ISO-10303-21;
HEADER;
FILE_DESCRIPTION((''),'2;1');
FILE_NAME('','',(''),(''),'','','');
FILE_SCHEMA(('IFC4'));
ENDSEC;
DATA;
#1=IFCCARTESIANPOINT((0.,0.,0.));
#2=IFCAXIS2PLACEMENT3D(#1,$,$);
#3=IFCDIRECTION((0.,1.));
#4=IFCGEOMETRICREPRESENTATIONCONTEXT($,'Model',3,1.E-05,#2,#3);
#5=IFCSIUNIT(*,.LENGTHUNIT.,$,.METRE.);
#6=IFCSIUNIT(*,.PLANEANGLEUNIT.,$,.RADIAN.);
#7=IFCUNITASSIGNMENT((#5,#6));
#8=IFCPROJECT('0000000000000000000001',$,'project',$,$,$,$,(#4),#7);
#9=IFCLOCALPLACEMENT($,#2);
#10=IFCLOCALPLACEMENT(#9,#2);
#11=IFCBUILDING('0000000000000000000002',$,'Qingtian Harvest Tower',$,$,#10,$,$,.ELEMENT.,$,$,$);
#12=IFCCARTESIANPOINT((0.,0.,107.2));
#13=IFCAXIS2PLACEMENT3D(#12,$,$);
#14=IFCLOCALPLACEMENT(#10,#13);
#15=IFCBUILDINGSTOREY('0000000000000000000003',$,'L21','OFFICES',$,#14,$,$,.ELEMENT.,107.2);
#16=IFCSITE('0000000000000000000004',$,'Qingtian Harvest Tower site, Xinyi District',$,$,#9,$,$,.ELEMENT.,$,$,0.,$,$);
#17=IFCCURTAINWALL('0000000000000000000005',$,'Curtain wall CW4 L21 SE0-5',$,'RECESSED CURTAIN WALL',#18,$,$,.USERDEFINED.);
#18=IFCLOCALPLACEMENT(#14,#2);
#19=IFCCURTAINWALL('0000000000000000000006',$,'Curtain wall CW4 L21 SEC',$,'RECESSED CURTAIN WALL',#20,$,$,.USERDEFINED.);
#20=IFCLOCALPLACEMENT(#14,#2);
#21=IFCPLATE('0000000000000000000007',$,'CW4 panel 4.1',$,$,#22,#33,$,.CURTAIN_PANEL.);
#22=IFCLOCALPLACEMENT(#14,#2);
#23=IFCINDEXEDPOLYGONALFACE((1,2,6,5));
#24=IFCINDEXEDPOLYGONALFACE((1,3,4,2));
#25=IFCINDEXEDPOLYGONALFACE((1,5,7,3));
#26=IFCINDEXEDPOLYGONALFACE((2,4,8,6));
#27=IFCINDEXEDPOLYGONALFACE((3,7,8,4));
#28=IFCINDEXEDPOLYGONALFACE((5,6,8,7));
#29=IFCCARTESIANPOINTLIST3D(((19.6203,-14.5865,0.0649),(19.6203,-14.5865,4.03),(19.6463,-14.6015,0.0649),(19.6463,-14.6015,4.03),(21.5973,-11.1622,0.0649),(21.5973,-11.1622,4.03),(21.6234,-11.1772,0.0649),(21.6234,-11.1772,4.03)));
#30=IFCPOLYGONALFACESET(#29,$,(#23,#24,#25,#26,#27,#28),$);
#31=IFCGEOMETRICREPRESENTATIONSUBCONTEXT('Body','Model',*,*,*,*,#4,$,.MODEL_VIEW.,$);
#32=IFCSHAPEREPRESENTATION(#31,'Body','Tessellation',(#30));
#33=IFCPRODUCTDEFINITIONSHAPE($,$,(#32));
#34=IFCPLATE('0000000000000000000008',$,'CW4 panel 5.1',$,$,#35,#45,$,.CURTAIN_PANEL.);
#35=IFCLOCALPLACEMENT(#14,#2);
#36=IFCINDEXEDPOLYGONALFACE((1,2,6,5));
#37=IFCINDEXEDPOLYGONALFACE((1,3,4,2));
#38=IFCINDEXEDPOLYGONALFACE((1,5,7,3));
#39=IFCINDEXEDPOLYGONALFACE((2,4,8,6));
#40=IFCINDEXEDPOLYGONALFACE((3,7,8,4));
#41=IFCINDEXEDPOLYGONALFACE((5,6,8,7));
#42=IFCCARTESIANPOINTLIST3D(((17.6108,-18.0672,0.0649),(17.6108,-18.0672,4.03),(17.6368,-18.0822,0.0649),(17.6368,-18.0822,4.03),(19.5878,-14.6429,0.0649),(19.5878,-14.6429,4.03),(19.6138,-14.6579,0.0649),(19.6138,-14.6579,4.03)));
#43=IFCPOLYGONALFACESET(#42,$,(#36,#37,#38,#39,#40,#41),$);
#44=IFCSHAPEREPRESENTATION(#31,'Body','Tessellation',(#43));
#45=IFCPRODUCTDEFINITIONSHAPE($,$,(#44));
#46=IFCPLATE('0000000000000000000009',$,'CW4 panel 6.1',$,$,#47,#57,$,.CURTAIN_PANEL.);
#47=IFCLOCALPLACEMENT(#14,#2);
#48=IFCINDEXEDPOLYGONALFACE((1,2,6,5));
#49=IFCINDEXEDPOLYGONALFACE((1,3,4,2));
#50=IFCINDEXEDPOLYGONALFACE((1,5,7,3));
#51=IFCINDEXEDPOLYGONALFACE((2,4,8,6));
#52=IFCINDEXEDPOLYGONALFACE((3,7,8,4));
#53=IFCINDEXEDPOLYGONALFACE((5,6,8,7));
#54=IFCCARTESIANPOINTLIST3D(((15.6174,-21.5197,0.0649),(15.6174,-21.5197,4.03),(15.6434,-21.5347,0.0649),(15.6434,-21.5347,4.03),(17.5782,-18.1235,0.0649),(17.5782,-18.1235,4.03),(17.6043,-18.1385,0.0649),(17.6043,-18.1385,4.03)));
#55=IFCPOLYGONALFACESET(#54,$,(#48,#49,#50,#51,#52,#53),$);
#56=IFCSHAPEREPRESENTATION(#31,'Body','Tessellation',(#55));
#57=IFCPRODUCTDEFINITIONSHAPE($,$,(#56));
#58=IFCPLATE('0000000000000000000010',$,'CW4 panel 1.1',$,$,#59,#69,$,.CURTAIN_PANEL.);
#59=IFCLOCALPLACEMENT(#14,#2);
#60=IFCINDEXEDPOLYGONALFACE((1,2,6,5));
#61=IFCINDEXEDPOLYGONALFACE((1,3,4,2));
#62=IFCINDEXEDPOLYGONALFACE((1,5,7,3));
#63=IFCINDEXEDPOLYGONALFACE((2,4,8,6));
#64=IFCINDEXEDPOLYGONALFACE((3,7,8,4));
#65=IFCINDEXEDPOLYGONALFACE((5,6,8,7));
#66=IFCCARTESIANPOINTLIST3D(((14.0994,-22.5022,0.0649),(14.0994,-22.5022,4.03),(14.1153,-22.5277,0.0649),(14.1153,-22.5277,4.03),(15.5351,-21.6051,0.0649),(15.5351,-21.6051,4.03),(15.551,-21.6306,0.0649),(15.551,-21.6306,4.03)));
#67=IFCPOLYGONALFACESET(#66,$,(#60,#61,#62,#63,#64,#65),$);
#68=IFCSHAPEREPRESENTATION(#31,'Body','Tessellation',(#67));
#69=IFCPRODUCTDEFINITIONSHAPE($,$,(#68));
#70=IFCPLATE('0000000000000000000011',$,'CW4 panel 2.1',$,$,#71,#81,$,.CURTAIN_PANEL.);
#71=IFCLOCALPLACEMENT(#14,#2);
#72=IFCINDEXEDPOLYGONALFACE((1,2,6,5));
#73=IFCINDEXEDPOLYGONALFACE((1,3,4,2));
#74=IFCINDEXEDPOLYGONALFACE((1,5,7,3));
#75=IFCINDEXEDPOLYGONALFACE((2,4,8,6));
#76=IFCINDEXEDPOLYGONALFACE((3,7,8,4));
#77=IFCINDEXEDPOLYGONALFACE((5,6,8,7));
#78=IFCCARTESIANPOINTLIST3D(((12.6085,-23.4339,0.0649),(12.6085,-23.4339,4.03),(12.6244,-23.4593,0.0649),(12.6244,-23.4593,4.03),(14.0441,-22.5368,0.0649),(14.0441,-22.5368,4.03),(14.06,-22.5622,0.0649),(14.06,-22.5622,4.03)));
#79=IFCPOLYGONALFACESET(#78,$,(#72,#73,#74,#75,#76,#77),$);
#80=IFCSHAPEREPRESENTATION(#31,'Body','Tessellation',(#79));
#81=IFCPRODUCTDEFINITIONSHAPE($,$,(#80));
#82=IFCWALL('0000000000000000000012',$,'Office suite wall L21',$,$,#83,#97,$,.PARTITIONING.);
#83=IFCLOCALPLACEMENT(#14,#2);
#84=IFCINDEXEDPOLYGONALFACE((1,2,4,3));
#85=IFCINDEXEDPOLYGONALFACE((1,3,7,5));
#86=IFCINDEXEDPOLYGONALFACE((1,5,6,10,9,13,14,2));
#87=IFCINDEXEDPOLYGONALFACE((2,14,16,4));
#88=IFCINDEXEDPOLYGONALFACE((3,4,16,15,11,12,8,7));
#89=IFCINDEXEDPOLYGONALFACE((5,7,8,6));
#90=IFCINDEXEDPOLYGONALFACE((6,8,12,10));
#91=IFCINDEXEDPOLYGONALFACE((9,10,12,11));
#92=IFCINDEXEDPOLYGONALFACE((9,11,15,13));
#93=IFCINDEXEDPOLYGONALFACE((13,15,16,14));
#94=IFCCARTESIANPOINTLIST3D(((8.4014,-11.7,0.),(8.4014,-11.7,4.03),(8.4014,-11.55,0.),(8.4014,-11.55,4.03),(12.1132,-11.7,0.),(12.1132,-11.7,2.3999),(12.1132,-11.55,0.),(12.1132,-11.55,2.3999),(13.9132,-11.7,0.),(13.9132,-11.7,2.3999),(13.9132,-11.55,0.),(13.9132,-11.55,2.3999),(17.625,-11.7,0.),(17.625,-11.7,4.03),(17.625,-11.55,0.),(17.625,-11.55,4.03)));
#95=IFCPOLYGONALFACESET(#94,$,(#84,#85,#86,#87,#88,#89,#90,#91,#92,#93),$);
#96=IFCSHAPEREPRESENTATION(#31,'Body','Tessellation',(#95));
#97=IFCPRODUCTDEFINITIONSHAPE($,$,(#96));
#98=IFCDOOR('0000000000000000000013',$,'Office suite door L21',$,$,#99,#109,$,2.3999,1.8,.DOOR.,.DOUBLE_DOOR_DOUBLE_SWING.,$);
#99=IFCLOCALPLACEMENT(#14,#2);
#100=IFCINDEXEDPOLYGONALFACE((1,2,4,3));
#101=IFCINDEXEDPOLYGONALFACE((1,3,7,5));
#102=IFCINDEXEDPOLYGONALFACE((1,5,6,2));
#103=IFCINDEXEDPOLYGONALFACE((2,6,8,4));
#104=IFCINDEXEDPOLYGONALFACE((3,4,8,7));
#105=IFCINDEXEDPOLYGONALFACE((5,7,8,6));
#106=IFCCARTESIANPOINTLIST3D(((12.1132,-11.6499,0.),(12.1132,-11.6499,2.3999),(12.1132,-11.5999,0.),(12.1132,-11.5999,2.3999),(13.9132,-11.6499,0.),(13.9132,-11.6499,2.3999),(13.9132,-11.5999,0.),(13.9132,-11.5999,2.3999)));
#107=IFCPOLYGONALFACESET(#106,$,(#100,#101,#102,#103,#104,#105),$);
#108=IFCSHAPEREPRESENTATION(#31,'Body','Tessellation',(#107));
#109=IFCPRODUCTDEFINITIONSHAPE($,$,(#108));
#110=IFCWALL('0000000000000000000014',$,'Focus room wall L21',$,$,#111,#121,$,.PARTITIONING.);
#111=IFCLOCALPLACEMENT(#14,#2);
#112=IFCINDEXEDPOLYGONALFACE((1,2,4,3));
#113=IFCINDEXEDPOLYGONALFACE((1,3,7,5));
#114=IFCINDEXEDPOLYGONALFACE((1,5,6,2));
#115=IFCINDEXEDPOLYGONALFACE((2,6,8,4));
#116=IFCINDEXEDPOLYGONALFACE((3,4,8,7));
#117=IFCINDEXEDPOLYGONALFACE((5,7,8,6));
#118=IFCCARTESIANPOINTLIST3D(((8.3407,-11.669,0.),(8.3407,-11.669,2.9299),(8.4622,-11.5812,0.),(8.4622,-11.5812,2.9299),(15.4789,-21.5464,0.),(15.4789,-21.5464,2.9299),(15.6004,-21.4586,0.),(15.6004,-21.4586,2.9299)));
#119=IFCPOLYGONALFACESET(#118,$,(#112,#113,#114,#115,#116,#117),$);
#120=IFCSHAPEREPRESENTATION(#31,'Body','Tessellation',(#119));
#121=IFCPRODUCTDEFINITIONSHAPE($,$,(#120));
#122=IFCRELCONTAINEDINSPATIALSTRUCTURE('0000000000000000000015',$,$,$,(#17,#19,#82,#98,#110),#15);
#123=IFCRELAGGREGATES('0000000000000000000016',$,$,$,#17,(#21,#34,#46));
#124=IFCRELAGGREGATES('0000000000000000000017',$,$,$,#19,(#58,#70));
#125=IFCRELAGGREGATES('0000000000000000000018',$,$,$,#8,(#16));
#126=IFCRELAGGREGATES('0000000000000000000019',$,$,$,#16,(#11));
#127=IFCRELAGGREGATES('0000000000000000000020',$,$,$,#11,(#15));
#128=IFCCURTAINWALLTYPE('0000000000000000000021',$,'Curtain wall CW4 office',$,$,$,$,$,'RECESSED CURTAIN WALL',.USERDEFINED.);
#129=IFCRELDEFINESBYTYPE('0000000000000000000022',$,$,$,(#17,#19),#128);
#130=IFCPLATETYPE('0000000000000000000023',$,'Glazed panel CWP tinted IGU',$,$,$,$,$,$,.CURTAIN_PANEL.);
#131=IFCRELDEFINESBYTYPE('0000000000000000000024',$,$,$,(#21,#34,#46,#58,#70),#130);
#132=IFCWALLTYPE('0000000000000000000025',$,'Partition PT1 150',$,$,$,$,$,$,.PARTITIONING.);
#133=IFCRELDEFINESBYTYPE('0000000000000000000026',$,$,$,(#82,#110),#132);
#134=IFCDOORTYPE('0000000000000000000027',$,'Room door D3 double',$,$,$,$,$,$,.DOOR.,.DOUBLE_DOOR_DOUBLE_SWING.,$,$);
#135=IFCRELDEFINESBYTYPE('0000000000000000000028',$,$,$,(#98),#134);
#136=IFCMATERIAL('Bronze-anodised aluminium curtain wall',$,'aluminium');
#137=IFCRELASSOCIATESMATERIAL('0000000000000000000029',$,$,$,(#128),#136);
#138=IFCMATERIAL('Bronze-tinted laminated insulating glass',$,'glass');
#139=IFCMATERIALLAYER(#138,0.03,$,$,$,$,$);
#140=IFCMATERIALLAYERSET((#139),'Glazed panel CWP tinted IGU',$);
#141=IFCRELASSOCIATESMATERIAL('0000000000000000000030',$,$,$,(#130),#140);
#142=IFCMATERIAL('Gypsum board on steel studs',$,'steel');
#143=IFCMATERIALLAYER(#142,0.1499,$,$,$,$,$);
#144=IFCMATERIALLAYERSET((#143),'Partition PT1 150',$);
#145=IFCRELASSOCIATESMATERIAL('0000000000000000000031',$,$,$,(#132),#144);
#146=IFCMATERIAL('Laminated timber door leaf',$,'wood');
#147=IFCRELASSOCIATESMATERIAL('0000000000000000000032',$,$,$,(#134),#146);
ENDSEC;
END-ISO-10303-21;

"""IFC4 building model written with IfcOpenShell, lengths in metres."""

from ifc_helpers import new_model, si_unit, direction, frame, frame_2d, origin, origin_2d, place, context, subcontext, project, spatial, rectangle, extrude, material, layer, layer_set, type_object, element, fill, aggregate, save


model = new_model("IFC4")

# Units and contexts
model_context = context("Model", 3, precision=1e-05, world=origin(), true_north=direction((0.0, 1.0)))
body_context = subcontext(model_context, "Body", "Model", "MODEL_VIEW")
ifc_project = project(units=[si_unit("LENGTHUNIT", "METRE"), si_unit("PLANEANGLEUNIT", "RADIAN")], contexts=[model_context])

# Site, building, storey
site_placement = place(None, origin())
site = spatial("IfcSite", under=ifc_project, at=site_placement, Name="Qingtian Harvest Tower site, Xinyi District", CompositionType="ELEMENT", RefElevation=0.0)
building_placement = place(site_placement, origin())
building = spatial("IfcBuilding", under=site, at=building_placement, Name="Qingtian Harvest Tower", CompositionType="ELEMENT")
storey_placement = place(building_placement, frame((0.0, 0.0, 107.2)))
storey = spatial("IfcBuildingStorey", under=building, at=storey_placement, Name="L21", Description="OFFICES", CompositionType="ELEMENT", Elevation=107.2)

# Curtain walls
ifc_material_1 = material(Name="Bronze-anodised aluminium curtain wall", Category="aluminium")
curtain_wall_type = type_object("IfcCurtainWallType", Name="Curtain wall CW4 office", ElementType="RECESSED CURTAIN WALL", PredefinedType="USERDEFINED", material=ifc_material_1)
curtain_wall_1_placement = place(storey_placement, origin())
curtain_wall_1 = element("IfcCurtainWall", 1, at=curtain_wall_1_placement, inside=storey, type_object=curtain_wall_type, Name="Curtain wall CW4 L21 SE0-5", ObjectType="RECESSED CURTAIN WALL", PredefinedType="USERDEFINED")
curtain_wall_2_placement = place(storey_placement, origin())
curtain_wall_2 = element("IfcCurtainWall", 2, at=curtain_wall_2_placement, inside=storey, type_object=curtain_wall_type, Name="Curtain wall CW4 L21 SEC", ObjectType="RECESSED CURTAIN WALL", PredefinedType="USERDEFINED")

# Plates
ifc_material_2 = material(Name="Bronze-tinted laminated insulating glass", Category="glass")
ifc_layer_1 = layer(ifc_material_2, 0.03)
ifc_layer_set_1 = layer_set([ifc_layer_1], Name="Glazed panel CWP tinted IGU")
plate_type = type_object("IfcPlateType", Name="Glazed panel CWP tinted IGU", PredefinedType="CURTAIN_PANEL", material=ifc_layer_set_1)
plate_1_placement = place(storey_placement, frame((20.6218, -12.8818, 0.0649), z_axis=(0.0, 0.0, 1.0), x_axis=(-0.5, -0.866025, 0.0)))
plate_1 = element("IfcPlate", 3, at=plate_1_placement, type_object=plate_type, Name="CW4 panel 4.1", PredefinedType="CURTAIN_PANEL", context=body_context, shape_type="SweptSolid", body=[
    extrude(rectangle(XDim=3.9541, YDim=0.03, at=origin_2d()), origin(), (0.0, 0.0, 1.0), 3.9651),
])
plate_2_placement = place(storey_placement, frame((18.6123, -16.3625, 0.0649), z_axis=(0.0, 0.0, 1.0), x_axis=(-0.5, -0.866025, 0.0)))
plate_2 = element("IfcPlate", 4, at=plate_2_placement, type_object=plate_type, Name="CW4 panel 5.1", PredefinedType="CURTAIN_PANEL", context=body_context, shape_type="SweptSolid", body=[
    extrude(rectangle(XDim=3.9541, YDim=0.03, at=origin_2d()), origin(), (0.0, 0.0, 1.0), 3.9651),
])
plate_3_placement = place(storey_placement, frame((16.6108, -19.8291, 0.0649), z_axis=(0.0, 0.0, 1.0), x_axis=(-0.5, -0.866025, 0.0)))
plate_3 = element("IfcPlate", 5, at=plate_3_placement, type_object=plate_type, Name="CW4 panel 6.1", PredefinedType="CURTAIN_PANEL", context=body_context, shape_type="SweptSolid", body=[
    extrude(rectangle(XDim=3.9216, YDim=0.03, at=origin_2d()), origin(), (0.0, 0.0, 1.0), 3.9651),
])
aggregate(curtain_wall_1, [plate_1, plate_2, plate_3])
plate_4_placement = place(storey_placement, frame((14.8252, -22.0664, 0.0649), z_axis=(0.0, 0.0, 1.0), x_axis=(-0.848048, -0.529919, 0.0)))
plate_4 = element("IfcPlate", 6, at=plate_4_placement, type_object=plate_type, Name="CW4 panel 1.1", PredefinedType="CURTAIN_PANEL", context=body_context, shape_type="SweptSolid", body=[
    extrude(rectangle(XDim=1.6929, YDim=0.03, at=origin_2d()), origin(), (0.0, 0.0, 1.0), 3.9651),
])
plate_5_placement = place(storey_placement, frame((13.3342, -22.998, 0.0649), z_axis=(0.0, 0.0, 1.0), x_axis=(-0.848048, -0.529919, 0.0)))
plate_5 = element("IfcPlate", 7, at=plate_5_placement, type_object=plate_type, Name="CW4 panel 2.1", PredefinedType="CURTAIN_PANEL", context=body_context, shape_type="SweptSolid", body=[
    extrude(rectangle(XDim=1.6929, YDim=0.03, at=origin_2d()), origin(), (0.0, 0.0, 1.0), 3.9651),
])
aggregate(curtain_wall_2, [plate_4, plate_5])

# Wall, opening, door
ifc_material_3 = material(Name="Gypsum board on steel studs", Category="steel")
ifc_layer_2 = layer(ifc_material_3, 0.1499)
ifc_layer_set_2 = layer_set([ifc_layer_2], Name="Partition PT1 150")
wall_type = type_object("IfcWallType", Name="Partition PT1 150", PredefinedType="PARTITIONING", material=ifc_layer_set_2)
wall_1_placement = place(storey_placement, frame((17.625, -11.625, 0.0), z_axis=(0.0, 0.0, 1.0), x_axis=(-1.0, 0.0, 0.0)))
wall_1 = element("IfcWall", 8, at=wall_1_placement, inside=storey, type_object=wall_type, Name="Office suite wall L21", PredefinedType="PARTITIONING", context=body_context, shape_type="SweptSolid", body=[
    extrude(rectangle(XDim=9.2236, YDim=0.1499, at=frame_2d((4.6118, 0.0))), origin(), (0.0, 0.0, 1.0), 4.03),
])
opening_placement = place(wall_1_placement, frame((3.7119, 0.0, 0.0)))
opening = element("IfcOpeningElement", 9, at=opening_placement, cuts=wall_1, PredefinedType="OPENING", context=body_context, shape_type="SweptSolid", body=[
    extrude(rectangle(XDim=1.8, YDim=2.3999, at=frame_2d((0.8999, 1.2))), frame((0.0, 0.085, 0.0), z_axis=(0.0, -1.0, 0.0), x_axis=(1.0, 0.0, 0.0)), (0.0, 0.0, 1.0), 0.1699),
])
ifc_material_4 = material(Name="Laminated timber door leaf", Category="wood")
door_type = type_object("IfcDoorType", Name="Room door D3 double", OperationType="DOUBLE_DOOR_DOUBLE_SWING", PredefinedType="DOOR", material=ifc_material_4)
door_placement = place(opening_placement, origin())
door = element("IfcDoor", 10, at=door_placement, inside=storey, type_object=door_type, Name="Office suite door L21", OperationType="DOUBLE_DOOR_DOUBLE_SWING", OverallHeight=2.3999, OverallWidth=1.8, PredefinedType="DOOR", context=body_context, shape_type="SweptSolid", body=[
    extrude(rectangle(XDim=1.8, YDim=2.3999, at=frame_2d((0.8999, 1.2))), frame((0.0, 0.0249, 0.0), z_axis=(0.0, -1.0, 0.0), x_axis=(1.0, 0.0, 0.0)), (0.0, 0.0, 1.0), 0.05),
])
fill(opening, door)

# Wall
wall_2_placement = place(storey_placement, frame((15.5396, -21.5024, 0.0), z_axis=(0.0, 0.0, 1.0), x_axis=(-0.585732, 0.810505, 0.0)))
element("IfcWall", 11, at=wall_2_placement, inside=storey, type_object=wall_type, Name="Focus room wall L21", PredefinedType="PARTITIONING", context=body_context, shape_type="SweptSolid", body=[
    extrude(rectangle(XDim=12.1868, YDim=0.1499, at=frame_2d((6.0933, 0.0))), origin(), (0.0, 0.0, 1.0), 2.9299),
])

save(model, "model.ifc")
